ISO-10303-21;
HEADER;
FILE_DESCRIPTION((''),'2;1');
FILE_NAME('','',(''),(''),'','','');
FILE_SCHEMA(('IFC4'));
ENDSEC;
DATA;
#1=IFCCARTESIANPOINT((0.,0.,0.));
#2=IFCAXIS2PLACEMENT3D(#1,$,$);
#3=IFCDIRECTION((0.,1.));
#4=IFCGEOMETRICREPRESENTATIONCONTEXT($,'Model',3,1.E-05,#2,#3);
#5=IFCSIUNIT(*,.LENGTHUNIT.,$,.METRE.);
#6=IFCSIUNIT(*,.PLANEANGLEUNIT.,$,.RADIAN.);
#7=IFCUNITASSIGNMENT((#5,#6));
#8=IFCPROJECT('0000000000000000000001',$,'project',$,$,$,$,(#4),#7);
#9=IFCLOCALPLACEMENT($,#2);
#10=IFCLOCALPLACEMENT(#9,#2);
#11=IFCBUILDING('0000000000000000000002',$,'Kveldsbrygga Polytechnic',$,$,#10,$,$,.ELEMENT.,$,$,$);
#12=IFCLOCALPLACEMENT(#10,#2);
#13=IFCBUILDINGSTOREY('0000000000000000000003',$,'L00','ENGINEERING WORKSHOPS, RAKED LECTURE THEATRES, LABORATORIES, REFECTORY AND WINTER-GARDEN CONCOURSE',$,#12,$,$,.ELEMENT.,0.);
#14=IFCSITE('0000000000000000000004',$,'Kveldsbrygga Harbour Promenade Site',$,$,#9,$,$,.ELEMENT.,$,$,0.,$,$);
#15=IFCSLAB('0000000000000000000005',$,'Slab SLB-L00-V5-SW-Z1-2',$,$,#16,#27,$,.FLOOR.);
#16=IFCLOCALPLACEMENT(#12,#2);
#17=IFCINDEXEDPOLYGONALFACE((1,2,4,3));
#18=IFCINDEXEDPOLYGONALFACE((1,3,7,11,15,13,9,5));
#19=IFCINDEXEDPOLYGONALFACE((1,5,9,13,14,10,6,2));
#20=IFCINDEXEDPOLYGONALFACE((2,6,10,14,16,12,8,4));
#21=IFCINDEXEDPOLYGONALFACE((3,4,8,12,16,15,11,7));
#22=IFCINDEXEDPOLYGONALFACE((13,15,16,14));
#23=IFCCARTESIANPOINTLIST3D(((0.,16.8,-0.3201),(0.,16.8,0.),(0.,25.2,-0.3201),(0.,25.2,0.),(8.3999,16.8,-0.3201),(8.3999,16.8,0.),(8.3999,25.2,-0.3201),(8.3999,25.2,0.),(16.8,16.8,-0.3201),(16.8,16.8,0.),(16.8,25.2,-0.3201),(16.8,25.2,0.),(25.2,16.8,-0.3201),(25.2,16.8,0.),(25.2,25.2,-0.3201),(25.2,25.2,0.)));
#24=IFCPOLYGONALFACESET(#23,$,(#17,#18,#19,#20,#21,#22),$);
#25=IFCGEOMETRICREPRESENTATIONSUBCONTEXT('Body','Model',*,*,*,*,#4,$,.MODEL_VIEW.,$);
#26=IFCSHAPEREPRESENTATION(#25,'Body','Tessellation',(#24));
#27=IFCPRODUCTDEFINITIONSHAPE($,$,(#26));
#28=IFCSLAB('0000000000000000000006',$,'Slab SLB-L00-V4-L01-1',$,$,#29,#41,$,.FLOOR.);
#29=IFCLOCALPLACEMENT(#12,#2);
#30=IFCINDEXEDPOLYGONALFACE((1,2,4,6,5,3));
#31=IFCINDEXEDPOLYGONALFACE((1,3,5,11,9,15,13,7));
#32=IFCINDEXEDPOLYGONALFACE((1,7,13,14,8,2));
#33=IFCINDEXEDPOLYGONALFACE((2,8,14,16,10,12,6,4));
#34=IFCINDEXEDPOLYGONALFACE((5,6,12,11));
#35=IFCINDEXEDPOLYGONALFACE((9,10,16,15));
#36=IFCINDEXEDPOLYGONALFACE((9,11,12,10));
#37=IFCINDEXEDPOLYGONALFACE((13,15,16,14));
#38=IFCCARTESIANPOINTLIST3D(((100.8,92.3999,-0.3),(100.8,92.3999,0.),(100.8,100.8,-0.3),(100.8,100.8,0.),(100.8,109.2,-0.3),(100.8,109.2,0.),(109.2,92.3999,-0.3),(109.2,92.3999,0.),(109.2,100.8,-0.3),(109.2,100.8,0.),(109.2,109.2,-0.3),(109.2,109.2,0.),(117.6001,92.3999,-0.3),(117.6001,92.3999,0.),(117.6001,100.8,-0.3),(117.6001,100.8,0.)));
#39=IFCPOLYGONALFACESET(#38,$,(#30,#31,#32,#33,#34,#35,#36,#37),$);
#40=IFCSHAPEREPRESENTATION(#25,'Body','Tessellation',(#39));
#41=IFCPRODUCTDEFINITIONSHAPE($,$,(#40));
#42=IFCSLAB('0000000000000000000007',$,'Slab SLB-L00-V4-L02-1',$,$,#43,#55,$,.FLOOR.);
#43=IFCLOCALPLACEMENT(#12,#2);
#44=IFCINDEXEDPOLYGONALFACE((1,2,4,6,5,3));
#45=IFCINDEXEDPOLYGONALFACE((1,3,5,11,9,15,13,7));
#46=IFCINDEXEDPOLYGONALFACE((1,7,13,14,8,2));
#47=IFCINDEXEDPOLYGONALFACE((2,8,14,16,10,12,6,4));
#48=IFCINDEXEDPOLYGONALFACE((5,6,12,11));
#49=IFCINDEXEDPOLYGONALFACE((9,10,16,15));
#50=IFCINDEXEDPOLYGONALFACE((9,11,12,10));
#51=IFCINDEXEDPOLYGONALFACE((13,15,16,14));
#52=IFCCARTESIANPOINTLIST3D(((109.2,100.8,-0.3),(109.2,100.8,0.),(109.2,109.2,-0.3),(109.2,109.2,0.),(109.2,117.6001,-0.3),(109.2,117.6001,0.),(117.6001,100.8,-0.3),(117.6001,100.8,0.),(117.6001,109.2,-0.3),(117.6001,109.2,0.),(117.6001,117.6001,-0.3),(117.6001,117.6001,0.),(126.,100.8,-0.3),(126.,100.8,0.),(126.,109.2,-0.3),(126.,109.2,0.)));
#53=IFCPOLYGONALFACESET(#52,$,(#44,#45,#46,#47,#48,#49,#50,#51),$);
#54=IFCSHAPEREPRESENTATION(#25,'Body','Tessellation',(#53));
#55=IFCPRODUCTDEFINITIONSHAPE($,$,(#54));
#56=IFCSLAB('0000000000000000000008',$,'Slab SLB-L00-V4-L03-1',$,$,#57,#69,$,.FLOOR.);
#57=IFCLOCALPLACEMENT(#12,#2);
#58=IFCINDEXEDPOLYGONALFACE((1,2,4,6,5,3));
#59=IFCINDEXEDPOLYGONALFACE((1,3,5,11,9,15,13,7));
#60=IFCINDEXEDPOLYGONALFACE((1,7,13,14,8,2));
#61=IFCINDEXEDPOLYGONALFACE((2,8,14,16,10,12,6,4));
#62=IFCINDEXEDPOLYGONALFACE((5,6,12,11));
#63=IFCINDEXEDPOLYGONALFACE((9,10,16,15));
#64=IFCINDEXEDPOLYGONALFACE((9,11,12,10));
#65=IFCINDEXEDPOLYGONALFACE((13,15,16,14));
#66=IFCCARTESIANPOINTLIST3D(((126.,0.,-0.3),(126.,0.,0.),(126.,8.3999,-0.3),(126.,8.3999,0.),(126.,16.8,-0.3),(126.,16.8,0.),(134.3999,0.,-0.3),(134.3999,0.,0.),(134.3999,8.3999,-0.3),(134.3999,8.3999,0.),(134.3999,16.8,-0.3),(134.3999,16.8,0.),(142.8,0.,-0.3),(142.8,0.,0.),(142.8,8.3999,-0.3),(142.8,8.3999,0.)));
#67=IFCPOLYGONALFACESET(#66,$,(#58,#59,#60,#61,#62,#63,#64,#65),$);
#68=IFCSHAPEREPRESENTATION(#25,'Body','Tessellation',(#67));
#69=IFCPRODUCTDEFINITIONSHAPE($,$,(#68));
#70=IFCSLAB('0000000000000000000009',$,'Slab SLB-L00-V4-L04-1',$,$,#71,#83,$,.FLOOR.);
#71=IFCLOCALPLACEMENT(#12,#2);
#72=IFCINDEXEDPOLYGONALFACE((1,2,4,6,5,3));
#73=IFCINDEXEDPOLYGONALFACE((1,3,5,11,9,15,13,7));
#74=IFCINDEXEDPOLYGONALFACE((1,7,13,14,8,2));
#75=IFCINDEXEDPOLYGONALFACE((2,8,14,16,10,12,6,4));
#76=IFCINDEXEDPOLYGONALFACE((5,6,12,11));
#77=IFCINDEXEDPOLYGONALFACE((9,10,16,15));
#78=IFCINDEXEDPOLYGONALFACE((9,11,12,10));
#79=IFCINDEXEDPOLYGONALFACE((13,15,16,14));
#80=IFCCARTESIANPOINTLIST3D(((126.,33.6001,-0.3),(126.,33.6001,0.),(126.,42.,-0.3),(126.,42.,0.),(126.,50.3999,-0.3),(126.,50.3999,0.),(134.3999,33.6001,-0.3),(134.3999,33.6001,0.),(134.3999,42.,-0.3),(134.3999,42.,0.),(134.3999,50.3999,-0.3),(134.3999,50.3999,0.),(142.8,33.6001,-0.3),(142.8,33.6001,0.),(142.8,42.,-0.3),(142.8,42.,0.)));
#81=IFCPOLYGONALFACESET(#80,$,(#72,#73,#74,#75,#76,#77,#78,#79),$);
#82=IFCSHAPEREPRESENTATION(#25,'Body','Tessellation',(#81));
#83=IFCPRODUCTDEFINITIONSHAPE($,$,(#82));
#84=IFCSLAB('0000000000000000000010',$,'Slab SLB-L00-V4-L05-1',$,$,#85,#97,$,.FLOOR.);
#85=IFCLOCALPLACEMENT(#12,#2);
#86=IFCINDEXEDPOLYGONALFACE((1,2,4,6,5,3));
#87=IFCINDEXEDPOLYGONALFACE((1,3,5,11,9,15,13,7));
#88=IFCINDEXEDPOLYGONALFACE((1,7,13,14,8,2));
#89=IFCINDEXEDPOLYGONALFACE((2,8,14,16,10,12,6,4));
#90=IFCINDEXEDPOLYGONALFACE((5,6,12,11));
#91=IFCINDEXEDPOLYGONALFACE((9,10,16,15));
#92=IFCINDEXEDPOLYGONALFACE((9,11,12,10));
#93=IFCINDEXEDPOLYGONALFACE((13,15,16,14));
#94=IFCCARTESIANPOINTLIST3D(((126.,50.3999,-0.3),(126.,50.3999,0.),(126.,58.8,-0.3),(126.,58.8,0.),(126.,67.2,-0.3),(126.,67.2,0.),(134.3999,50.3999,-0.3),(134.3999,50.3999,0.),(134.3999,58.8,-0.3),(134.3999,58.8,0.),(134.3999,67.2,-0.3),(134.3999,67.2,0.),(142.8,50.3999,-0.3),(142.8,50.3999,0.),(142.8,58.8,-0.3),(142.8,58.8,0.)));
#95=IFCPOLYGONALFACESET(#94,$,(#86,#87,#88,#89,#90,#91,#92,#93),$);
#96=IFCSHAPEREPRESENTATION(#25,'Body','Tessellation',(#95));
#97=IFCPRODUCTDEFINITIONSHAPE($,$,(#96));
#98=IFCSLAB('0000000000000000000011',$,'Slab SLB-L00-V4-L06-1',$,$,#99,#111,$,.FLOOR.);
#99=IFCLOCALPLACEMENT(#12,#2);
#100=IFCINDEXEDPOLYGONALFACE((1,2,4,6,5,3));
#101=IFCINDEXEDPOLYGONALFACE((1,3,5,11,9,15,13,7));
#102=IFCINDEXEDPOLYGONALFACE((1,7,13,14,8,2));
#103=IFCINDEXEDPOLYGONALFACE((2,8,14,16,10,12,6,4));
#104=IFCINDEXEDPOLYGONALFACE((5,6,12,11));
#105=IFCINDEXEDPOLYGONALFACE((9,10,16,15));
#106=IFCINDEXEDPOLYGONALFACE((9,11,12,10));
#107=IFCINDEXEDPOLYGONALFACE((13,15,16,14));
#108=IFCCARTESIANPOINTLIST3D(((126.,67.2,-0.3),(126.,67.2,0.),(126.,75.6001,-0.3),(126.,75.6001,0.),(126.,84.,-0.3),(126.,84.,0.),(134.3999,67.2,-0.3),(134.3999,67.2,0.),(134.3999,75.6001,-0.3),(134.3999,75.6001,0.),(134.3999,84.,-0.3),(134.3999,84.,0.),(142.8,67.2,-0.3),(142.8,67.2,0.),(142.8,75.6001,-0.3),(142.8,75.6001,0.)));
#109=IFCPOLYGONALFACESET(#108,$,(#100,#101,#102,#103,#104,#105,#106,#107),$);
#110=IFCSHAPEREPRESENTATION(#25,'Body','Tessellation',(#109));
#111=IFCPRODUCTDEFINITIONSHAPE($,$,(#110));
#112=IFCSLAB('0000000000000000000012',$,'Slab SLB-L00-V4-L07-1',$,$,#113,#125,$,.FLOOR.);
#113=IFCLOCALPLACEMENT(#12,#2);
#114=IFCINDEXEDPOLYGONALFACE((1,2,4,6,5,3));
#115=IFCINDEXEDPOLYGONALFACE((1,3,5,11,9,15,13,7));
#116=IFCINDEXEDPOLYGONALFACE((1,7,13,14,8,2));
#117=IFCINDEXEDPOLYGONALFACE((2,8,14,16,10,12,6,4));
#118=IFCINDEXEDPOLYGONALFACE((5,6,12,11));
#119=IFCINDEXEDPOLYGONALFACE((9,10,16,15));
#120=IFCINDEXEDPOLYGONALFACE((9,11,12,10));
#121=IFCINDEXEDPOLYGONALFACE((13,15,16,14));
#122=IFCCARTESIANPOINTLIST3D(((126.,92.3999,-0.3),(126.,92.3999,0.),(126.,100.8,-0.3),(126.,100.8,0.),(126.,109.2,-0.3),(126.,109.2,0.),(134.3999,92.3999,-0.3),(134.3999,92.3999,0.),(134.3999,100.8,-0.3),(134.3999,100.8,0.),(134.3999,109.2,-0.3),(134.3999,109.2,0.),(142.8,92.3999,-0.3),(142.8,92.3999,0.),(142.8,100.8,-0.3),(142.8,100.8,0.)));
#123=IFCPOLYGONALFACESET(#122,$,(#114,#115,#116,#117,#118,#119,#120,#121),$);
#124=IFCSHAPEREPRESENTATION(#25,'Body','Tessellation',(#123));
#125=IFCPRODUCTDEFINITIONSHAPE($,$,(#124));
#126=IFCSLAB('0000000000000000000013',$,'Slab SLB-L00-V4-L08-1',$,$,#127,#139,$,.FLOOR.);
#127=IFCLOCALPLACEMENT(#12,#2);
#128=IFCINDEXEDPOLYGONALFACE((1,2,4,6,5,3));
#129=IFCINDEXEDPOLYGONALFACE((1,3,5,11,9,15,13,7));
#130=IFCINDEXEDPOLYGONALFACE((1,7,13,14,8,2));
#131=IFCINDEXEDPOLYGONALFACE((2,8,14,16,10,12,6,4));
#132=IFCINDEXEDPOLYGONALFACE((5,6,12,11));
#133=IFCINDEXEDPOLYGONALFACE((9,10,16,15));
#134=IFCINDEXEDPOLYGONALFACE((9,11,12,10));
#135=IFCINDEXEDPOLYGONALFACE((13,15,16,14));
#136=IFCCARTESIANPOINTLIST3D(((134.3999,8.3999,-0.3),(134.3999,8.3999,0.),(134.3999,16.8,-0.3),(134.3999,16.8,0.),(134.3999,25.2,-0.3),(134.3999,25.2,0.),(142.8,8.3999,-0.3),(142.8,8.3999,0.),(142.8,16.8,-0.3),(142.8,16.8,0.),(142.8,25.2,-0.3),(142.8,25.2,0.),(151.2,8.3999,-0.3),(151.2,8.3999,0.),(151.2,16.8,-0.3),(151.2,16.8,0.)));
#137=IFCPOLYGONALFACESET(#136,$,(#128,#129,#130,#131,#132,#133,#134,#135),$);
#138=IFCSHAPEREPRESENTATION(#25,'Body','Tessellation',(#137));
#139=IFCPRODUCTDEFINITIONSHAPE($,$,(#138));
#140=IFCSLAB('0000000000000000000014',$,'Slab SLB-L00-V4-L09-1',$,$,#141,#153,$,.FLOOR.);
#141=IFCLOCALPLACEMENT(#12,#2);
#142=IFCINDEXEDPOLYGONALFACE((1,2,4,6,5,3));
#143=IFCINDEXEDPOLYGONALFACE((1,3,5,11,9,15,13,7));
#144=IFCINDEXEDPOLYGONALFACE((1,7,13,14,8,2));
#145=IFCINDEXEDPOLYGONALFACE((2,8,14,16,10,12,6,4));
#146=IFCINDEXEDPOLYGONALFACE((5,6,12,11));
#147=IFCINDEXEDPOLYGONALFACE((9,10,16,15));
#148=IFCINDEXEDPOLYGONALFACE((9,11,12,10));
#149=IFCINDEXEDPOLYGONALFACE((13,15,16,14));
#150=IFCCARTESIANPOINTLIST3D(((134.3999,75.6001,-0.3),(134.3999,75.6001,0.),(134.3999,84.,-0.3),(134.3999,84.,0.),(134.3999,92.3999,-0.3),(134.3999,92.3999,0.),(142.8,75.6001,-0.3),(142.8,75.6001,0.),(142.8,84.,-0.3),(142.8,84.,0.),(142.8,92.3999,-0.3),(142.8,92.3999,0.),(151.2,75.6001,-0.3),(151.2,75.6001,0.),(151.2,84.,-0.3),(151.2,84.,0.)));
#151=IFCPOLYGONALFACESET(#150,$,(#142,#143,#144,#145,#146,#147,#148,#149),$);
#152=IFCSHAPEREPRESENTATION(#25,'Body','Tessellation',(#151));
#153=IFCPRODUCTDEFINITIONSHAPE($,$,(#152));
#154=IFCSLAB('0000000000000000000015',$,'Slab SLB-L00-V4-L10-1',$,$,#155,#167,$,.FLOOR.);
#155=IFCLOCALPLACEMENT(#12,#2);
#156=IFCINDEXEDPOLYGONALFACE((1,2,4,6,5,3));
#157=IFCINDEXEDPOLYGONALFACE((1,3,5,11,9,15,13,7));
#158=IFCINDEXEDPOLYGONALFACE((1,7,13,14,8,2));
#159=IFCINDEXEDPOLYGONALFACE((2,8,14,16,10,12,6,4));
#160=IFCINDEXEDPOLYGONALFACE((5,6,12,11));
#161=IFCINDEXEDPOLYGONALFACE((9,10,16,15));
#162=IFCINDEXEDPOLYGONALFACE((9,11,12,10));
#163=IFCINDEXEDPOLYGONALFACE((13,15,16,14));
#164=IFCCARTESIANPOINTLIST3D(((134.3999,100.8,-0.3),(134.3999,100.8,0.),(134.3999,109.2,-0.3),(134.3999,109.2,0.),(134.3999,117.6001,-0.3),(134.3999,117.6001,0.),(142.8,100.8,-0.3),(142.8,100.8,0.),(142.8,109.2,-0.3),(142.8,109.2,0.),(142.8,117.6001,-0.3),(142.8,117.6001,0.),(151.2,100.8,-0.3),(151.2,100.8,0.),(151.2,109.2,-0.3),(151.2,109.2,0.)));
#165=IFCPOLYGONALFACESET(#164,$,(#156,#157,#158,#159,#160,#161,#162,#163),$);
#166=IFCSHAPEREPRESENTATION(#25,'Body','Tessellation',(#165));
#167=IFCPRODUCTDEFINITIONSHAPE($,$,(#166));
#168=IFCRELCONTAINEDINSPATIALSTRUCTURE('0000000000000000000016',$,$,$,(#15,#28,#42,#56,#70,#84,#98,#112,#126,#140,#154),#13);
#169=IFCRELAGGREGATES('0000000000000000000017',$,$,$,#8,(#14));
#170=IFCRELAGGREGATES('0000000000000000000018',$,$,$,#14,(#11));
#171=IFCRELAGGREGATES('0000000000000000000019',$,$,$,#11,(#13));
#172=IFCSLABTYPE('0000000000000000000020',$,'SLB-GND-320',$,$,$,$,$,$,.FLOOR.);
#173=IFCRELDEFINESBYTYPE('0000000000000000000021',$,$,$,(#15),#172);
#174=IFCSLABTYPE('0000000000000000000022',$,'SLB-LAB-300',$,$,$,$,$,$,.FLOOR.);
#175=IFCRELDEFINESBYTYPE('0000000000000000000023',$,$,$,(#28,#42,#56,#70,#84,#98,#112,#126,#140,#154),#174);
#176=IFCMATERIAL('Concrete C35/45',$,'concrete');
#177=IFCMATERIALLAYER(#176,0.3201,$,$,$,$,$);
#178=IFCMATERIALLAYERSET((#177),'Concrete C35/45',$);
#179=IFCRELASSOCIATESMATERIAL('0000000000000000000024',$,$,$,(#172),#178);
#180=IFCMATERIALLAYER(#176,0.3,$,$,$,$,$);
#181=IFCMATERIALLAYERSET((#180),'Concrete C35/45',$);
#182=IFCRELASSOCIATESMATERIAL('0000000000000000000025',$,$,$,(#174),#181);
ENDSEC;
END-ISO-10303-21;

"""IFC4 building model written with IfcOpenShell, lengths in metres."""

from ifc_helpers import new_model, si_unit, direction, frame, origin, place, context, subcontext, project, spatial, polyline, outline, extrude, material, layer, layer_set, type_object, element, save


model = new_model("IFC4")

# Units and contexts
model_context = context("Model", 3, precision=1e-05, world=origin(), true_north=direction((0.0, 1.0)))
body_context = subcontext(model_context, "Body", "Model", "MODEL_VIEW")
ifc_project = project(units=[si_unit("LENGTHUNIT", "METRE"), si_unit("PLANEANGLEUNIT", "RADIAN")], contexts=[model_context])

# Site, building, storey
site_placement = place(None, origin())
site = spatial("IfcSite", under=ifc_project, at=site_placement, Name="Kveldsbrygga Harbour Promenade Site", CompositionType="ELEMENT", RefElevation=0.0)
building_placement = place(site_placement, origin())
building = spatial("IfcBuilding", under=site, at=building_placement, Name="Kveldsbrygga Polytechnic", CompositionType="ELEMENT")
storey_placement = place(building_placement, origin())
storey = spatial("IfcBuildingStorey", under=building, at=storey_placement, Name="L00", Description="ENGINEERING WORKSHOPS, RAKED LECTURE THEATRES, LABORATORIES, REFECTORY AND WINTER-GARDEN CONCOURSE", CompositionType="ELEMENT", Elevation=0.0)

# Slabs
ifc_material = material(Name="Concrete C35/45", Category="concrete")
ifc_layer_1 = layer(ifc_material, 0.3201)
ifc_layer_set_1 = layer_set([ifc_layer_1], Name="Concrete C35/45")
slab_type_1 = type_object("IfcSlabType", Name="SLB-GND-320", PredefinedType="FLOOR", material=ifc_layer_set_1)
slab_1_placement = place(storey_placement, frame((0.0, 0.0, -0.3201)))
element("IfcSlab", 1, at=slab_1_placement, inside=storey, type_object=slab_type_1, Name="Slab SLB-L00-V5-SW-Z1-2", PredefinedType="FLOOR", context=body_context, shape_type="SweptSolid", body=[
    extrude(outline(polyline([(8.3999, 25.2), (16.8, 25.2), (25.2, 25.2), (25.2, 16.8), (16.8, 16.8), (8.3999, 16.8), (0.0, 16.8), (0.0, 25.2), (8.3999, 25.2)])), origin(), (0.0, 0.0, 1.0), 0.3201),
])
ifc_layer_2 = layer(ifc_material, 0.3)
ifc_layer_set_2 = layer_set([ifc_layer_2], Name="Concrete C35/45")
slab_type_2 = type_object("IfcSlabType", Name="SLB-LAB-300", PredefinedType="FLOOR", material=ifc_layer_set_2)
slab_2_placement = place(storey_placement, frame((0.0, 0.0, -0.3)))
element("IfcSlab", 2, at=slab_2_placement, inside=storey, type_object=slab_type_2, Name="Slab SLB-L00-V4-L01-1", PredefinedType="FLOOR", context=body_context, shape_type="SweptSolid", body=[
    extrude(outline(polyline([(100.8, 92.3999), (100.8, 100.8), (100.8, 109.2), (109.2, 109.2), (109.2, 100.8), (117.6001, 100.8), (117.6001, 92.3999), (109.2, 92.3999), (100.8, 92.3999)])), origin(), (0.0, 0.0, 1.0), 0.3),
])
slab_3_placement = place(storey_placement, frame((0.0, 0.0, -0.3)))
element("IfcSlab", 3, at=slab_3_placement, inside=storey, type_object=slab_type_2, Name="Slab SLB-L00-V4-L02-1", PredefinedType="FLOOR", context=body_context, shape_type="SweptSolid", body=[
    extrude(outline(polyline([(109.2, 100.8), (109.2, 109.2), (109.2, 117.6001), (117.6001, 117.6001), (117.6001, 109.2), (126.0, 109.2), (126.0, 100.8), (117.6001, 100.8), (109.2, 100.8)])), origin(), (0.0, 0.0, 1.0), 0.3),
])
slab_4_placement = place(storey_placement, frame((0.0, 0.0, -0.3)))
element("IfcSlab", 4, at=slab_4_placement, inside=storey, type_object=slab_type_2, Name="Slab SLB-L00-V4-L03-1", PredefinedType="FLOOR", context=body_context, shape_type="SweptSolid", body=[
    extrude(outline(polyline([(126.0, 0.0), (126.0, 8.3999), (126.0, 16.8), (134.3999, 16.8), (134.3999, 8.3999), (142.8, 8.3999), (142.8, 0.0), (134.3999, 0.0), (126.0, 0.0)])), origin(), (0.0, 0.0, 1.0), 0.3),
])
slab_5_placement = place(storey_placement, frame((0.0, 0.0, -0.3)))
element("IfcSlab", 5, at=slab_5_placement, inside=storey, type_object=slab_type_2, Name="Slab SLB-L00-V4-L04-1", PredefinedType="FLOOR", context=body_context, shape_type="SweptSolid", body=[
    extrude(outline(polyline([(126.0, 33.6001), (126.0, 42.0), (126.0, 50.3999), (134.3999, 50.3999), (134.3999, 42.0), (142.8, 42.0), (142.8, 33.6001), (134.3999, 33.6001), (126.0, 33.6001)])), origin(), (0.0, 0.0, 1.0), 0.3),
])
slab_6_placement = place(storey_placement, frame((0.0, 0.0, -0.3)))
element("IfcSlab", 6, at=slab_6_placement, inside=storey, type_object=slab_type_2, Name="Slab SLB-L00-V4-L05-1", PredefinedType="FLOOR", context=body_context, shape_type="SweptSolid", body=[
    extrude(outline(polyline([(126.0, 50.3999), (126.0, 58.8), (126.0, 67.2), (134.3999, 67.2), (134.3999, 58.8), (142.8, 58.8), (142.8, 50.3999), (134.3999, 50.3999), (126.0, 50.3999)])), origin(), (0.0, 0.0, 1.0), 0.3),
])
slab_7_placement = place(storey_placement, frame((0.0, 0.0, -0.3)))
element("IfcSlab", 7, at=slab_7_placement, inside=storey, type_object=slab_type_2, Name="Slab SLB-L00-V4-L06-1", PredefinedType="FLOOR", context=body_context, shape_type="SweptSolid", body=[
    extrude(outline(polyline([(126.0, 67.2), (126.0, 75.6001), (126.0, 84.0), (134.3999, 84.0), (134.3999, 75.6001), (142.8, 75.6001), (142.8, 67.2), (134.3999, 67.2), (126.0, 67.2)])), origin(), (0.0, 0.0, 1.0), 0.3),
])
slab_8_placement = place(storey_placement, frame((0.0, 0.0, -0.3)))
element("IfcSlab", 8, at=slab_8_placement, inside=storey, type_object=slab_type_2, Name="Slab SLB-L00-V4-L07-1", PredefinedType="FLOOR", context=body_context, shape_type="SweptSolid", body=[
    extrude(outline(polyline([(126.0, 92.3999), (126.0, 100.8), (126.0, 109.2), (134.3999, 109.2), (134.3999, 100.8), (142.8, 100.8), (142.8, 92.3999), (134.3999, 92.3999), (126.0, 92.3999)])), origin(), (0.0, 0.0, 1.0), 0.3),
])
slab_9_placement = place(storey_placement, frame((0.0, 0.0, -0.3)))
element("IfcSlab", 9, at=slab_9_placement, inside=storey, type_object=slab_type_2, Name="Slab SLB-L00-V4-L08-1", PredefinedType="FLOOR", context=body_context, shape_type="SweptSolid", body=[
    extrude(outline(polyline([(134.3999, 8.3999), (134.3999, 16.8), (134.3999, 25.2), (142.8, 25.2), (142.8, 16.8), (151.2, 16.8), (151.2, 8.3999), (142.8, 8.3999), (134.3999, 8.3999)])), origin(), (0.0, 0.0, 1.0), 0.3),
])
slab_10_placement = place(storey_placement, frame((0.0, 0.0, -0.3)))
element("IfcSlab", 10, at=slab_10_placement, inside=storey, type_object=slab_type_2, Name="Slab SLB-L00-V4-L09-1", PredefinedType="FLOOR", context=body_context, shape_type="SweptSolid", body=[
    extrude(outline(polyline([(134.3999, 75.6001), (134.3999, 84.0), (134.3999, 92.3999), (142.8, 92.3999), (142.8, 84.0), (151.2, 84.0), (151.2, 75.6001), (142.8, 75.6001), (134.3999, 75.6001)])), origin(), (0.0, 0.0, 1.0), 0.3),
])
slab_11_placement = place(storey_placement, frame((0.0, 0.0, -0.3)))
element("IfcSlab", 11, at=slab_11_placement, inside=storey, type_object=slab_type_2, Name="Slab SLB-L00-V4-L10-1", PredefinedType="FLOOR", context=body_context, shape_type="SweptSolid", body=[
    extrude(outline(polyline([(134.3999, 100.8), (134.3999, 109.2), (134.3999, 117.6001), (142.8, 117.6001), (142.8, 109.2), (151.2, 109.2), (151.2, 100.8), (142.8, 100.8), (134.3999, 100.8)])), origin(), (0.0, 0.0, 1.0), 0.3),
])

save(model, "model.ifc")
